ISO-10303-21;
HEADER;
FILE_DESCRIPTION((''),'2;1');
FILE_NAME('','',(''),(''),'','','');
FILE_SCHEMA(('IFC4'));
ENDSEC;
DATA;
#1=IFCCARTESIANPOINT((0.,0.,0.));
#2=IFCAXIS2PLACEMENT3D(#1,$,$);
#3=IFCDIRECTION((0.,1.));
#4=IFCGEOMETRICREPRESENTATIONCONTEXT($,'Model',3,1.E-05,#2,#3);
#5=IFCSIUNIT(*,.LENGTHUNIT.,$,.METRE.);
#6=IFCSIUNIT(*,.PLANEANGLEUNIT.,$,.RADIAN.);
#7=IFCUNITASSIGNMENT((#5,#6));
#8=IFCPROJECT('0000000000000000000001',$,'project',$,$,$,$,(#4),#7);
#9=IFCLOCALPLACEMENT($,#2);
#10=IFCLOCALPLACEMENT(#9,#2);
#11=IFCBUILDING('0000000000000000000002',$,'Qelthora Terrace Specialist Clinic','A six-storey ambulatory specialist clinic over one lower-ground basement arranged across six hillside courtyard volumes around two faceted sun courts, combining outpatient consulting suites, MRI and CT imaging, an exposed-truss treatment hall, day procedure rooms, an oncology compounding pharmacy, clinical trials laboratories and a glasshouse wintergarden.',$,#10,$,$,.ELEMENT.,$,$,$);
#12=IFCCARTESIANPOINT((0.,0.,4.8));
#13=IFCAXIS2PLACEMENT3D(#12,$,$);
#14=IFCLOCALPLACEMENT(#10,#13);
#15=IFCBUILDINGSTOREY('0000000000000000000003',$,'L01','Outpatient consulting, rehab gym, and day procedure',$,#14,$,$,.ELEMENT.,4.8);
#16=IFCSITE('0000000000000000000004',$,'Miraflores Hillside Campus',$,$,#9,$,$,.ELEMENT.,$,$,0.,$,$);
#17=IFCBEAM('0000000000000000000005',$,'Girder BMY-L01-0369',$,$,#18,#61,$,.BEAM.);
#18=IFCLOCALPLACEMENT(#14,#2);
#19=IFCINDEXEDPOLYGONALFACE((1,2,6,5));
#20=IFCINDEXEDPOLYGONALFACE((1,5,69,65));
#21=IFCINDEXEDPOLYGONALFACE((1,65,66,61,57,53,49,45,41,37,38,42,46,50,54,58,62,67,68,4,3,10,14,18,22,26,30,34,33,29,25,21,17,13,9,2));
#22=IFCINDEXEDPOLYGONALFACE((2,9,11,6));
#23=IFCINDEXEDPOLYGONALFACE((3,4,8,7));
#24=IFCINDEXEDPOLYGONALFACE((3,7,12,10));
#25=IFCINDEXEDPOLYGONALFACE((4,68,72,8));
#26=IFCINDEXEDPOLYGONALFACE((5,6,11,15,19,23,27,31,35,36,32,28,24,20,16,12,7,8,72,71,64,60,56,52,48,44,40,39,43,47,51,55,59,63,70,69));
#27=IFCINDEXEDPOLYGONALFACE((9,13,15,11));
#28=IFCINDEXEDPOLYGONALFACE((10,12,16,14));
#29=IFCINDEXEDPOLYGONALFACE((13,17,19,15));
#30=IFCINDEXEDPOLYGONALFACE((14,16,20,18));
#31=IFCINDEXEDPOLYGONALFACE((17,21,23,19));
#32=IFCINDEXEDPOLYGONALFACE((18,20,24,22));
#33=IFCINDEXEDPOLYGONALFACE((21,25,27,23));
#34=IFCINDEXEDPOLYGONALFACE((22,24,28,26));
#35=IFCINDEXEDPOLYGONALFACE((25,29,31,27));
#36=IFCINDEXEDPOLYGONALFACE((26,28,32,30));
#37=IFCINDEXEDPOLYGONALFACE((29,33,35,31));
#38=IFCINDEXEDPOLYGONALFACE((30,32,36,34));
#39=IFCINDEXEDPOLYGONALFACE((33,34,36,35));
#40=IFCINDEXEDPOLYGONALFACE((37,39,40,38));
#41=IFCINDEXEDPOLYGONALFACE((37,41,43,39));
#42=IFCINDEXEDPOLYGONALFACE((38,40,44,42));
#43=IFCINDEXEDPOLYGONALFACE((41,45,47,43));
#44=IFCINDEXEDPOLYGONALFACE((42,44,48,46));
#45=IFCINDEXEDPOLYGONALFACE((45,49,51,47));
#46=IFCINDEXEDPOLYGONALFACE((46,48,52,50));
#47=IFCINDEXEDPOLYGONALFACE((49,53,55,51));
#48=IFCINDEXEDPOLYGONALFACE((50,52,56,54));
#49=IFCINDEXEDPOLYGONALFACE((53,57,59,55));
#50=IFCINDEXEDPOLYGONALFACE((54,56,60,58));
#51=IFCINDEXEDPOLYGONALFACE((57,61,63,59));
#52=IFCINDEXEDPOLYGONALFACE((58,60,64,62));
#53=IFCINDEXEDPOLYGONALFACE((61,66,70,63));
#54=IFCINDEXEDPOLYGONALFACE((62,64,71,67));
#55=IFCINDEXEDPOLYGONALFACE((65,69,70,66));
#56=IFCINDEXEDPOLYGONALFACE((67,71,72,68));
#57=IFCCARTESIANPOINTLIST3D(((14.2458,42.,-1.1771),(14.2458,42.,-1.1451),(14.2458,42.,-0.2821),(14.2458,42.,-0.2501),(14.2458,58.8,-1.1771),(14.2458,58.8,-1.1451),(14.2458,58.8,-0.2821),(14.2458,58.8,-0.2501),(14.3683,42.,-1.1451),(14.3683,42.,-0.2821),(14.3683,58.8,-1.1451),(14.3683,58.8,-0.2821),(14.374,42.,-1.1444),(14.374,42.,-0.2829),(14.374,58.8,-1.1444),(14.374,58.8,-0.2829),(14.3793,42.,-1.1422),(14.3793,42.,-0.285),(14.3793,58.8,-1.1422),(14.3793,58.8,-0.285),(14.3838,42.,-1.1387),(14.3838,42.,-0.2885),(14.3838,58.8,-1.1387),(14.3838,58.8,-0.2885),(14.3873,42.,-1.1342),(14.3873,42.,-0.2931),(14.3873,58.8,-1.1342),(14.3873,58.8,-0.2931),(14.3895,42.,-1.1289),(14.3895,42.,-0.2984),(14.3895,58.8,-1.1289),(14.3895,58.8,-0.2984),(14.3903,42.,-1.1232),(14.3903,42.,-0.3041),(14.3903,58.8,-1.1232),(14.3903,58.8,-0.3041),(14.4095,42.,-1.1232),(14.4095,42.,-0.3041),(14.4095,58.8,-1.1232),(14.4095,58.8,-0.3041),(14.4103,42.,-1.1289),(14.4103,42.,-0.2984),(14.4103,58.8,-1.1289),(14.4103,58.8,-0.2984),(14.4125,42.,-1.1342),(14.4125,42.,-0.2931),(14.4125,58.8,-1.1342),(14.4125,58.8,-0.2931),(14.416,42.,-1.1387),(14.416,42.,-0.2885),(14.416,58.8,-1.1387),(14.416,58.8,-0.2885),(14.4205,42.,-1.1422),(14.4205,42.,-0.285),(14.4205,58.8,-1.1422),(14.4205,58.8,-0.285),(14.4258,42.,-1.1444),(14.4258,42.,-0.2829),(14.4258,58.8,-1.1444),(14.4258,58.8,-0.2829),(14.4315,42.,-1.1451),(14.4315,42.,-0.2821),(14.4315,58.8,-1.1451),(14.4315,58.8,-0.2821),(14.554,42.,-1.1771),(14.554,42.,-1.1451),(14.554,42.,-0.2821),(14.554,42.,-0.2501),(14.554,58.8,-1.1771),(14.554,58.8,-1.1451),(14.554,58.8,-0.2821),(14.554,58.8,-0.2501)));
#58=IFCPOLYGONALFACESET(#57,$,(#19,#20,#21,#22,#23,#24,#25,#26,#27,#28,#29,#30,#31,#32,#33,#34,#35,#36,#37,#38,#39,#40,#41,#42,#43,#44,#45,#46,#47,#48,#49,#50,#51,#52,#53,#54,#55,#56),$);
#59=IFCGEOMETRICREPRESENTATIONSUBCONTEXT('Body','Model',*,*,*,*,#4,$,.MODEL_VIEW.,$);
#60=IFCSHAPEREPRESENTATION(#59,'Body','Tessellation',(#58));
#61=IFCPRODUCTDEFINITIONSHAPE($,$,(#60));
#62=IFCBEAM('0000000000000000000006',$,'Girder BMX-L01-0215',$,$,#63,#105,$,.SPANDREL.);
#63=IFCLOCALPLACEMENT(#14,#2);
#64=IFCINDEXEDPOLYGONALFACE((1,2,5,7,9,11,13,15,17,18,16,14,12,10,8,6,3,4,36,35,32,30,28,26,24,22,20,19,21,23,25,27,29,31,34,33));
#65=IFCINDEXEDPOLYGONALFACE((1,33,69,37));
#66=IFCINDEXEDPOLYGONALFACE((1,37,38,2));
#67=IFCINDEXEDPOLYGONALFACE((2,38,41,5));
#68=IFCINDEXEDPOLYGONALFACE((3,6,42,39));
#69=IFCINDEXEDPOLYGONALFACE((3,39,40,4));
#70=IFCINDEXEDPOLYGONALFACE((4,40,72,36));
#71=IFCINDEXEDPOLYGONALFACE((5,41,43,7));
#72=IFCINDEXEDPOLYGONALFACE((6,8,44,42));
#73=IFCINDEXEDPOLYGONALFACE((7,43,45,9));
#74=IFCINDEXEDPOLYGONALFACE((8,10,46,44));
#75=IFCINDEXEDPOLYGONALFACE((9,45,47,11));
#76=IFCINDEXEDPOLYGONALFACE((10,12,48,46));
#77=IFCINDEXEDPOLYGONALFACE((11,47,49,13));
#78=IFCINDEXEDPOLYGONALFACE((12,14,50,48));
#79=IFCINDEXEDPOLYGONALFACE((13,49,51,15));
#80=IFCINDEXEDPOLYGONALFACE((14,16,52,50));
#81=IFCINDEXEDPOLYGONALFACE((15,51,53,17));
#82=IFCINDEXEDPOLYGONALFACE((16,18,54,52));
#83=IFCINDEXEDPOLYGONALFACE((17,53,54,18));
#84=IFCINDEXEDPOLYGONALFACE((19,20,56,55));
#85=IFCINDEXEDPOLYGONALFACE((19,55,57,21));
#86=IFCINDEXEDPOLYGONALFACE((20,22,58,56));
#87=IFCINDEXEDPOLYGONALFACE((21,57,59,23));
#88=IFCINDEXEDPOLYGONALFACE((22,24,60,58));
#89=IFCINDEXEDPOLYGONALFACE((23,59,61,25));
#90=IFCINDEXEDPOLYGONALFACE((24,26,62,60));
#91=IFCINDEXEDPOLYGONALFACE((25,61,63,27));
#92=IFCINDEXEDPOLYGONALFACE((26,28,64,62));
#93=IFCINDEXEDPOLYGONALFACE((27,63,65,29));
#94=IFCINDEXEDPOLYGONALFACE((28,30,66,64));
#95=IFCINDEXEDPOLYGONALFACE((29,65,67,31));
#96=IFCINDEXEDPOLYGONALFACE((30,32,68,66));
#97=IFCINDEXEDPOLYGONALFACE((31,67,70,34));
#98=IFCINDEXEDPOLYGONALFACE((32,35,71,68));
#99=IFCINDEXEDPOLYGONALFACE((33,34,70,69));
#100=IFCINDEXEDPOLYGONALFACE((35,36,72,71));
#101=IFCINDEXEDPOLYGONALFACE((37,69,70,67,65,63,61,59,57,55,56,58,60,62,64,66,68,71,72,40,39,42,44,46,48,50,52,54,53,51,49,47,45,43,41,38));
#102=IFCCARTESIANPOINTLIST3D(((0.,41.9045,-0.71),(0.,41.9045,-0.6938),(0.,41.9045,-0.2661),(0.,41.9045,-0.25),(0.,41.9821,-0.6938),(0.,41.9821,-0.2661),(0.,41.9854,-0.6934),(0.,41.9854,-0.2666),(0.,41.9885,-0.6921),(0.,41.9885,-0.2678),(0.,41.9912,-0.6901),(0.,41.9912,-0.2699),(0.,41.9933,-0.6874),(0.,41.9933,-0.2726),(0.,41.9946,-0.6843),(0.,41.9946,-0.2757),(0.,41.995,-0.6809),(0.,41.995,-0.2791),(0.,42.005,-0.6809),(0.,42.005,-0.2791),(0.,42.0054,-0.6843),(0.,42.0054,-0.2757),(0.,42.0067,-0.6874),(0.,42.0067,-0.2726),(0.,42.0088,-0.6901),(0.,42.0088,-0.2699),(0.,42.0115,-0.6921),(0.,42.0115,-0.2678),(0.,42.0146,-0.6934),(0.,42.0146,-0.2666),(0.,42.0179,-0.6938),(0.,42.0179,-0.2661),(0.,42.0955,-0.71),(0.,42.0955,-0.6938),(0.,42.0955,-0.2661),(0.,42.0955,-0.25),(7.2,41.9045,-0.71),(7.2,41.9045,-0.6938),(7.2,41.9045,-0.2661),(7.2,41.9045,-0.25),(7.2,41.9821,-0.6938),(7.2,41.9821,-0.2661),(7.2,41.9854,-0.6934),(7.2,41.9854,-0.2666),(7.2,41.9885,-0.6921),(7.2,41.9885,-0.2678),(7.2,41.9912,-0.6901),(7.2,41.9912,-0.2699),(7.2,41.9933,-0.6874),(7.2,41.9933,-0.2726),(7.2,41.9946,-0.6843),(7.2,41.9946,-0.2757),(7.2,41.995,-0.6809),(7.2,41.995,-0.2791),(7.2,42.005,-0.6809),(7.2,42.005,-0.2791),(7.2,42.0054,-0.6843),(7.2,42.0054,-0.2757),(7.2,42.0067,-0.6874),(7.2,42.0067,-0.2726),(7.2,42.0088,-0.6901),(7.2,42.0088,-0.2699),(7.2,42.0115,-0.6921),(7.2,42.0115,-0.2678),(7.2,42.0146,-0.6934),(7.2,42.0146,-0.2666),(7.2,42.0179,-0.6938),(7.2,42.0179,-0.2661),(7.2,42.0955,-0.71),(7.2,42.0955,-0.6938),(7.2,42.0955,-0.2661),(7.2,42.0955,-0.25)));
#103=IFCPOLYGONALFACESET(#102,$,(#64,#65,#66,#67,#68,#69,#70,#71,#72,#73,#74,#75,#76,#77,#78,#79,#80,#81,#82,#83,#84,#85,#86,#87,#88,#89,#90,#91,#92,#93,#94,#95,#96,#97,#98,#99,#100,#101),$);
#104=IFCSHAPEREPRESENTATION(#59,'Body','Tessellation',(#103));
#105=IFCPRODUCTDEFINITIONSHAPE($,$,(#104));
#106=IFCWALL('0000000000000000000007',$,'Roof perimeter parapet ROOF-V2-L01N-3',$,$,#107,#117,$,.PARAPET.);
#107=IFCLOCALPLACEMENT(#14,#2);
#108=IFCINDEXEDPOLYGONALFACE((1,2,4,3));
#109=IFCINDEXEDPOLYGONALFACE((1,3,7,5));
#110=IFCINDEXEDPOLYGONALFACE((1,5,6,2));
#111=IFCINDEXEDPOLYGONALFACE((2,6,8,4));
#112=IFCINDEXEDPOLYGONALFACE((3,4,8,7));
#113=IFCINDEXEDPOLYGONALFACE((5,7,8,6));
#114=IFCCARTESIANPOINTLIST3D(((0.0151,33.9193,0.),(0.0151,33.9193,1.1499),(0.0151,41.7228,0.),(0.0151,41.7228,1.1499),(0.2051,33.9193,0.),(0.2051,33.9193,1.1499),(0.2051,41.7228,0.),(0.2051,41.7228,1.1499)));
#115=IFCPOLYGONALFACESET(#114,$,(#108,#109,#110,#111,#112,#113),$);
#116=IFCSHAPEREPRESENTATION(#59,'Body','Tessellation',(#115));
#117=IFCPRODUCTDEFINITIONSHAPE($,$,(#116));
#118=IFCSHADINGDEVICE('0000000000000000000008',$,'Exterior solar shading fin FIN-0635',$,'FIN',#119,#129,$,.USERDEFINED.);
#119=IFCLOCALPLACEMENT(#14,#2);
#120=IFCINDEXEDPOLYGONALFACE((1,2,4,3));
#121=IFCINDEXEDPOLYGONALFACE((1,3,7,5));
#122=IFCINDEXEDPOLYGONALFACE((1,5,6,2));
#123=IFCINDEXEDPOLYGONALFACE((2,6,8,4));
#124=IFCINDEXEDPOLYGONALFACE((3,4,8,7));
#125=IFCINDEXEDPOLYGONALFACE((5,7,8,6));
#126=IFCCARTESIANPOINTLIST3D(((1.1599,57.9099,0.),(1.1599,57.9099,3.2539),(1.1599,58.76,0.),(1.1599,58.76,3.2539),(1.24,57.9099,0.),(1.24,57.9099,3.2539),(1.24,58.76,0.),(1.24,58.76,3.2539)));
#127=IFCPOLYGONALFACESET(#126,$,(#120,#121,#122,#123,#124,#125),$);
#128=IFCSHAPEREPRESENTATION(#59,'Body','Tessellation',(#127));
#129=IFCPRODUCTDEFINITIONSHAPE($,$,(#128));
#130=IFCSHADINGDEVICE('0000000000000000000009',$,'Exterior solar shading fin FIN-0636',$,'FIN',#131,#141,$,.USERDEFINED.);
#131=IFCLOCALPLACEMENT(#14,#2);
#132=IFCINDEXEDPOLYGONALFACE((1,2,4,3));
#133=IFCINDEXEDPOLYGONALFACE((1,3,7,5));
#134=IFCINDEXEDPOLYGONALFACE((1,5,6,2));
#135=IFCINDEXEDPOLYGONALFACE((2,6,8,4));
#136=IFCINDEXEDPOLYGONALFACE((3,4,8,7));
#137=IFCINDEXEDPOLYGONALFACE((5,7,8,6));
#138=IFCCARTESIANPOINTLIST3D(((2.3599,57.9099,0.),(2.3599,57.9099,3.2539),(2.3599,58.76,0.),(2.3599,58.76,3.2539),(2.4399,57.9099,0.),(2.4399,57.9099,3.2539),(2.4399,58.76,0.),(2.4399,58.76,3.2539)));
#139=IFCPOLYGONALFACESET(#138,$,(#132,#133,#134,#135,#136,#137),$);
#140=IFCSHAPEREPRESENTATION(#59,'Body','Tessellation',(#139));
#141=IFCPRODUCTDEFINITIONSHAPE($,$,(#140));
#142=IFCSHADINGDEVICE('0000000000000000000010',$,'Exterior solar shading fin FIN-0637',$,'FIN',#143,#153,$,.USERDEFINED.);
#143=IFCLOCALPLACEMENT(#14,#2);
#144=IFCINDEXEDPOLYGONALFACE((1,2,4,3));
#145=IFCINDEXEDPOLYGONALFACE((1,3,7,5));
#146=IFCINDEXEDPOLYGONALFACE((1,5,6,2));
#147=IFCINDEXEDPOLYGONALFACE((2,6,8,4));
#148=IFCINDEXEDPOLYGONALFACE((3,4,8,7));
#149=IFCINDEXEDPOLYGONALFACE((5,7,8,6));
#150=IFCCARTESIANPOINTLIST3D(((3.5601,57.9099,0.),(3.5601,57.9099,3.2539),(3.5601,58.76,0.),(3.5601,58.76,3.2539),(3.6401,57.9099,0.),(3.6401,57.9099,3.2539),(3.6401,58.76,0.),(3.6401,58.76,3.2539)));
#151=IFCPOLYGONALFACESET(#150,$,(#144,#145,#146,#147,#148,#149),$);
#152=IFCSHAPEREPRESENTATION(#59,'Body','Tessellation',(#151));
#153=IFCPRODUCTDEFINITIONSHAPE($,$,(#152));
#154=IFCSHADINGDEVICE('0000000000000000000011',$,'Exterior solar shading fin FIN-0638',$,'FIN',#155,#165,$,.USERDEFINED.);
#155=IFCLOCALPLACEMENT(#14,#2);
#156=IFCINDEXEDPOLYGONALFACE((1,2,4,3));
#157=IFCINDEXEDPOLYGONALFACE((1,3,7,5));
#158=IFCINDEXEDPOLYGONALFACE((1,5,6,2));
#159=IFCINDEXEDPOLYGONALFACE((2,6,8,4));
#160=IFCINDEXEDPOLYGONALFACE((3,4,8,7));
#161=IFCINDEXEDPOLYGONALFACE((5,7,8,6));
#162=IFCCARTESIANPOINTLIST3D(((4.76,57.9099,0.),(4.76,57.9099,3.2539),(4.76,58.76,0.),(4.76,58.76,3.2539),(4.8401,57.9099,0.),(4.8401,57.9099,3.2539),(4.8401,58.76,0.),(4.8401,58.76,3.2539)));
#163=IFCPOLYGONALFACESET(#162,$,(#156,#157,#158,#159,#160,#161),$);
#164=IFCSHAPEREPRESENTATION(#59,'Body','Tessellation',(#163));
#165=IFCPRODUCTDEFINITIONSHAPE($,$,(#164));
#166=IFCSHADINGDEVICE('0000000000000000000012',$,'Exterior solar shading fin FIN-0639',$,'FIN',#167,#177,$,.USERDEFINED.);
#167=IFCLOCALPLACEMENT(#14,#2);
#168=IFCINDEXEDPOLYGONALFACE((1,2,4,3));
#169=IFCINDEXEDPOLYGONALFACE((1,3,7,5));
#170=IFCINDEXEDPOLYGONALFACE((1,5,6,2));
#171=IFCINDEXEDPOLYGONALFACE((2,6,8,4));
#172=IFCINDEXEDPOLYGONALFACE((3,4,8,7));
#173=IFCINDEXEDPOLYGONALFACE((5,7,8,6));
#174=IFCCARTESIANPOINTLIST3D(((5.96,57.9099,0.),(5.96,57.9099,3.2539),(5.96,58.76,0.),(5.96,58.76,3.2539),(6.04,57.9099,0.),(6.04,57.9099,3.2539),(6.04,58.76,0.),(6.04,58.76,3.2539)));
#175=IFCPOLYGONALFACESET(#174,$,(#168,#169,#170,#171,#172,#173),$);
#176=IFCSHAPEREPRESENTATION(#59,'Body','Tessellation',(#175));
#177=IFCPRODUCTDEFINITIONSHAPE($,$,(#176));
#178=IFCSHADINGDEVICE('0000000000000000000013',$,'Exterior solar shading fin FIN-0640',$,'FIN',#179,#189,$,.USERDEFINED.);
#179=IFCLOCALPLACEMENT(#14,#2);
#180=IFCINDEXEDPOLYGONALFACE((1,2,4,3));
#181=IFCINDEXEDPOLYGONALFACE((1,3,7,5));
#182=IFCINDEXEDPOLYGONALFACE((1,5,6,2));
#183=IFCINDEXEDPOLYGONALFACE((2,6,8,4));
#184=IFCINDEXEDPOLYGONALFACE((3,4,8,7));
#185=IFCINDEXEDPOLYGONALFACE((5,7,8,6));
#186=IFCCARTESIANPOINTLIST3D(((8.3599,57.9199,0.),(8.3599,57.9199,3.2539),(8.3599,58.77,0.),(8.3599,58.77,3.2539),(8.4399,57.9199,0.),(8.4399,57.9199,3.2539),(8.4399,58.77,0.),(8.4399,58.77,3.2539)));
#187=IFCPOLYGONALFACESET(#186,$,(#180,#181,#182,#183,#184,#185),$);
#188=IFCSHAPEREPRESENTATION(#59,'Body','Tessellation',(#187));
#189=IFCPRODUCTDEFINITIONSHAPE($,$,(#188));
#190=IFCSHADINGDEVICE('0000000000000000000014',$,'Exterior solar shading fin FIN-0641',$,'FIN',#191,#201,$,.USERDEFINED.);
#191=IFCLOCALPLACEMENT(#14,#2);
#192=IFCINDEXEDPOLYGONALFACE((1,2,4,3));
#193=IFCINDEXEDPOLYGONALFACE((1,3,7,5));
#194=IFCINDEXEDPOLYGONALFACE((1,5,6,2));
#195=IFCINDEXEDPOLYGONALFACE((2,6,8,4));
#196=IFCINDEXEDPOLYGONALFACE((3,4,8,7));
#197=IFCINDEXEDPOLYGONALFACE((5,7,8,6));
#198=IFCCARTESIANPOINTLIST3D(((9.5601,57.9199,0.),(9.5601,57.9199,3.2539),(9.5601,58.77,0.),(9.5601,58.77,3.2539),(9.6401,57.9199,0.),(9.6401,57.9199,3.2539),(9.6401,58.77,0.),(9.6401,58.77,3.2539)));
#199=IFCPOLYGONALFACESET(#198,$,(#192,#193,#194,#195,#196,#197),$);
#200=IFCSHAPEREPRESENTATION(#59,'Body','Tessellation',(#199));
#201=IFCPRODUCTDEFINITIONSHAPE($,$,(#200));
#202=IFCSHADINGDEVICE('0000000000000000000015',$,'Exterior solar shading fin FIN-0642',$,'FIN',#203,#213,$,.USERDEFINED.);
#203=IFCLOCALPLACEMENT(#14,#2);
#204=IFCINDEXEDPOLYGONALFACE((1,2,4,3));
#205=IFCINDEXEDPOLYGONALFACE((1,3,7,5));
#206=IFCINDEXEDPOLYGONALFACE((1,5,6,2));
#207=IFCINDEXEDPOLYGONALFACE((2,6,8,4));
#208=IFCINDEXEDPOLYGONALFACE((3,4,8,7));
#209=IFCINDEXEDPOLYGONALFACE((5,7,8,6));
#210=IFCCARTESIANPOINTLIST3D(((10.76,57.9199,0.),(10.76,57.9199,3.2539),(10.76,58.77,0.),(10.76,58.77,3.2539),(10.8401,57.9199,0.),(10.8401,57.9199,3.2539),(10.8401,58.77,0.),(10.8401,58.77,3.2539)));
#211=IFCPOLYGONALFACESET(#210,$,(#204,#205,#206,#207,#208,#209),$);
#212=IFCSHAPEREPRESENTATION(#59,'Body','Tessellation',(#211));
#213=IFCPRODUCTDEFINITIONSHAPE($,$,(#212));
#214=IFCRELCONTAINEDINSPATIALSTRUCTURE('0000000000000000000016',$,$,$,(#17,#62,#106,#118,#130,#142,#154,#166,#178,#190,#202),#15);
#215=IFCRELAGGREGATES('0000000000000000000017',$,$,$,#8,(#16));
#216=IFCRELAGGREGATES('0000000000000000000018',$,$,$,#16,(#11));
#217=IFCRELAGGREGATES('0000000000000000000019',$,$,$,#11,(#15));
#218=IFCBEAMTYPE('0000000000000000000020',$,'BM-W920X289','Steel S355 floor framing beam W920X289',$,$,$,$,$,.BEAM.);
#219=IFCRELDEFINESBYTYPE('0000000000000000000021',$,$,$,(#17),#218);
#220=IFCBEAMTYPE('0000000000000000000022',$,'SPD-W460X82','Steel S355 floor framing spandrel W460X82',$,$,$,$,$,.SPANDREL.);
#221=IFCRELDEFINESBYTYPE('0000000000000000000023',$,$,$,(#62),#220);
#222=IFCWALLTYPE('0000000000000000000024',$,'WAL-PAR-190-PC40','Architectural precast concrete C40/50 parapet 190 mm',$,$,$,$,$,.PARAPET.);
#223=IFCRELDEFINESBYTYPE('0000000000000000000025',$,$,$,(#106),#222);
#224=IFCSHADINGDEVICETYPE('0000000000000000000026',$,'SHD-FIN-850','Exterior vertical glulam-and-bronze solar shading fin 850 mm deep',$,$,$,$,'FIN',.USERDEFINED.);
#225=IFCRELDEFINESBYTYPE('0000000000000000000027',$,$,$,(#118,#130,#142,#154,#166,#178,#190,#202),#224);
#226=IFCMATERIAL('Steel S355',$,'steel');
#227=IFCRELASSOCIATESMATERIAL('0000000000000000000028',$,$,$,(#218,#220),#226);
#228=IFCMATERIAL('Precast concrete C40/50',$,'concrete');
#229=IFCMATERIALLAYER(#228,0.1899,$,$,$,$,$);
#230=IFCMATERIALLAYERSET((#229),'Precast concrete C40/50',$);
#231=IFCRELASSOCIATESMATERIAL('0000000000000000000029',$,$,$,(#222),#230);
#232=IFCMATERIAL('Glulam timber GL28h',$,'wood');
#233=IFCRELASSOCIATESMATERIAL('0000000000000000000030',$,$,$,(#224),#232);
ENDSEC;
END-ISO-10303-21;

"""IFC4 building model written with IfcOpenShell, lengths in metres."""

from ifc_helpers import new_model, si_unit, direction, frame, frame_2d, origin, origin_2d, place, context, subcontext, project, spatial, rectangle, i_section, extrude, material, layer, layer_set, material_profile, profile_set, type_object, element, save


model = new_model("IFC4")

# Units and contexts
model_context = context("Model", 3, precision=1e-05, world=origin(), true_north=direction((0.0, 1.0)))
body_context = subcontext(model_context, "Body", "Model", "MODEL_VIEW")
ifc_project = project(units=[si_unit("LENGTHUNIT", "METRE"), si_unit("PLANEANGLEUNIT", "RADIAN")], contexts=[model_context])

# Site, building, storey
site_placement = place(None, origin())
site = spatial("IfcSite", under=ifc_project, at=site_placement, Name="Miraflores Hillside Campus", CompositionType="ELEMENT", RefElevation=0.0)
building_placement = place(site_placement, origin())
building = spatial("IfcBuilding", under=site, at=building_placement, Name="Qelthora Terrace Specialist Clinic", Description="A six-storey ambulatory specialist clinic over one lower-ground basement arranged across six hillside courtyard volumes around two faceted sun courts, combining outpatient consulting suites, MRI and CT imaging, an exposed-truss treatment hall, day procedure rooms, an oncology compounding pharmacy, clinical trials laboratories and a glasshouse wintergarden.", CompositionType="ELEMENT")
storey_placement = place(building_placement, frame((0.0, 0.0, 4.8)))
storey = spatial("IfcBuildingStorey", under=building, at=storey_placement, Name="L01", Description="Outpatient consulting, rehab gym, and day procedure", CompositionType="ELEMENT", Elevation=4.8)

# Beams
ifc_material_1 = material(Name="Steel S355", Category="steel")
ifc_material_profile_1 = material_profile(ifc_material_1, i_section(OverallWidth=0.3081, OverallDepth=0.927, WebThickness=0.0193, FlangeThickness=0.032, FilletRadius=0.022, at=origin_2d()), Name="W920X289")
ifc_profile_set_1 = profile_set([ifc_material_profile_1], Name="Steel S355")
beam_type_1 = type_object("IfcBeamType", Name="BM-W920X289", Description="Steel S355 floor framing beam W920X289", PredefinedType="BEAM", material=ifc_profile_set_1)
for number, where, z_axis, x_axis, name in (
    (1, (14.3999, 42.0, -0.7136), (0.0, 1.0, 0.0), (-1.0, 0.0, 0.0), "Girder BMY-L01-0369"),
):
    element("IfcBeam", number, at=place(storey_placement, frame(where, z_axis=z_axis, x_axis=x_axis)), inside=storey, type_object=beam_type_1, Name=name, PredefinedType="BEAM", context=body_context, shape_type="SweptSolid", body=[
        extrude(i_section(OverallWidth=0.3081, OverallDepth=0.927, WebThickness=0.0193, FlangeThickness=0.032, FilletRadius=0.022, at=origin_2d()), origin(), (0.0, 0.0, 1.0), 16.8),
    ])
ifc_material_profile_2 = material_profile(ifc_material_1, i_section(OverallWidth=0.1909, OverallDepth=0.46, WebThickness=0.01, FlangeThickness=0.0161, FilletRadius=0.0129, at=origin_2d()), Name="W460X82")
ifc_profile_set_2 = profile_set([ifc_material_profile_2], Name="Steel S355")
beam_type_2 = type_object("IfcBeamType", Name="SPD-W460X82", Description="Steel S355 floor framing spandrel W460X82", PredefinedType="SPANDREL", material=ifc_profile_set_2)
beam_1_placement = place(storey_placement, frame((0.0, 42.0, -0.48), z_axis=(1.0, 0.0, 0.0), x_axis=(0.0, 1.0, 0.0)))
element("IfcBeam", 2, at=beam_1_placement, inside=storey, type_object=beam_type_2, Name="Girder BMX-L01-0215", PredefinedType="SPANDREL", context=body_context, shape_type="SweptSolid", body=[
    extrude(i_section(OverallWidth=0.1909, OverallDepth=0.46, WebThickness=0.01, FlangeThickness=0.0161, FilletRadius=0.0129, at=origin_2d()), origin(), (0.0, 0.0, 1.0), 7.2),
])

# Wall
ifc_material_2 = material(Name="Precast concrete C40/50", Category="concrete")
ifc_layer = layer(ifc_material_2, 0.1899)
ifc_layer_set = layer_set([ifc_layer], Name="Precast concrete C40/50")
wall_type = type_object("IfcWallType", Name="WAL-PAR-190-PC40", Description="Architectural precast concrete C40/50 parapet 190 mm", PredefinedType="PARAPET", material=ifc_layer_set)
wall_placement = place(storey_placement, frame((0.1101, 41.7229, 0.0), z_axis=(0.0, 0.0, 1.0), x_axis=(0.0, -1.0, 0.0)))
element("IfcWall", 3, at=wall_placement, inside=storey, type_object=wall_type, Name="Roof perimeter parapet ROOF-V2-L01N-3", PredefinedType="PARAPET", context=body_context, shape_type="SweptSolid", body=[
    extrude(rectangle(XDim=7.8035, YDim=0.1899, at=frame_2d((3.9019, 0.0))), origin(), (0.0, 0.0, 1.0), 1.1499),
])

# Shading devices
ifc_material_3 = material(Name="Glulam timber GL28h", Category="wood")
shading_device_type = type_object("IfcShadingDeviceType", Name="SHD-FIN-850", Description="Exterior vertical glulam-and-bronze solar shading fin 850 mm deep", ElementType="FIN", PredefinedType="USERDEFINED", material=ifc_material_3)
for number, where, z_axis, x_axis, name in (
    (4, (1.2, 58.335, 0.0), (0.0, 0.0, 1.0), (0.0, -1.0, 0.0), "Exterior solar shading fin FIN-0635"),
    (5, (2.3999, 58.335, 0.0), (0.0, 0.0, 1.0), (0.0, -1.0, 0.0), "Exterior solar shading fin FIN-0636"),
    (6, (3.6001, 58.335, 0.0), (0.0, 0.0, 1.0), (0.0, -1.0, 0.0), "Exterior solar shading fin FIN-0637"),
    (7, (4.8, 58.335, 0.0), (0.0, 0.0, 1.0), (0.0, -1.0, 0.0), "Exterior solar shading fin FIN-0638"),
    (8, (6.0, 58.335, 0.0), (0.0, 0.0, 1.0), (0.0, -1.0, 0.0), "Exterior solar shading fin FIN-0639"),
    (9, (8.3999, 58.345, 0.0), (0.0, 0.0, 1.0), (0.0, -1.0, 0.0), "Exterior solar shading fin FIN-0640"),
    (10, (9.6001, 58.345, 0.0), (0.0, 0.0, 1.0), (0.0, -1.0, 0.0), "Exterior solar shading fin FIN-0641"),
    (11, (10.8, 58.345, 0.0), (0.0, 0.0, 1.0), (0.0, -1.0, 0.0), "Exterior solar shading fin FIN-0642"),
):
    element("IfcShadingDevice", number, at=place(storey_placement, frame(where, z_axis=z_axis, x_axis=x_axis)), inside=storey, type_object=shading_device_type, Name=name, ObjectType="FIN", PredefinedType="USERDEFINED", context=body_context, shape_type="SweptSolid", body=[
        extrude(rectangle(XDim=0.8501, YDim=0.0801, at=origin_2d()), origin(), (0.0, 0.0, 1.0), 3.2539),
    ])

save(model, "model.ifc")
